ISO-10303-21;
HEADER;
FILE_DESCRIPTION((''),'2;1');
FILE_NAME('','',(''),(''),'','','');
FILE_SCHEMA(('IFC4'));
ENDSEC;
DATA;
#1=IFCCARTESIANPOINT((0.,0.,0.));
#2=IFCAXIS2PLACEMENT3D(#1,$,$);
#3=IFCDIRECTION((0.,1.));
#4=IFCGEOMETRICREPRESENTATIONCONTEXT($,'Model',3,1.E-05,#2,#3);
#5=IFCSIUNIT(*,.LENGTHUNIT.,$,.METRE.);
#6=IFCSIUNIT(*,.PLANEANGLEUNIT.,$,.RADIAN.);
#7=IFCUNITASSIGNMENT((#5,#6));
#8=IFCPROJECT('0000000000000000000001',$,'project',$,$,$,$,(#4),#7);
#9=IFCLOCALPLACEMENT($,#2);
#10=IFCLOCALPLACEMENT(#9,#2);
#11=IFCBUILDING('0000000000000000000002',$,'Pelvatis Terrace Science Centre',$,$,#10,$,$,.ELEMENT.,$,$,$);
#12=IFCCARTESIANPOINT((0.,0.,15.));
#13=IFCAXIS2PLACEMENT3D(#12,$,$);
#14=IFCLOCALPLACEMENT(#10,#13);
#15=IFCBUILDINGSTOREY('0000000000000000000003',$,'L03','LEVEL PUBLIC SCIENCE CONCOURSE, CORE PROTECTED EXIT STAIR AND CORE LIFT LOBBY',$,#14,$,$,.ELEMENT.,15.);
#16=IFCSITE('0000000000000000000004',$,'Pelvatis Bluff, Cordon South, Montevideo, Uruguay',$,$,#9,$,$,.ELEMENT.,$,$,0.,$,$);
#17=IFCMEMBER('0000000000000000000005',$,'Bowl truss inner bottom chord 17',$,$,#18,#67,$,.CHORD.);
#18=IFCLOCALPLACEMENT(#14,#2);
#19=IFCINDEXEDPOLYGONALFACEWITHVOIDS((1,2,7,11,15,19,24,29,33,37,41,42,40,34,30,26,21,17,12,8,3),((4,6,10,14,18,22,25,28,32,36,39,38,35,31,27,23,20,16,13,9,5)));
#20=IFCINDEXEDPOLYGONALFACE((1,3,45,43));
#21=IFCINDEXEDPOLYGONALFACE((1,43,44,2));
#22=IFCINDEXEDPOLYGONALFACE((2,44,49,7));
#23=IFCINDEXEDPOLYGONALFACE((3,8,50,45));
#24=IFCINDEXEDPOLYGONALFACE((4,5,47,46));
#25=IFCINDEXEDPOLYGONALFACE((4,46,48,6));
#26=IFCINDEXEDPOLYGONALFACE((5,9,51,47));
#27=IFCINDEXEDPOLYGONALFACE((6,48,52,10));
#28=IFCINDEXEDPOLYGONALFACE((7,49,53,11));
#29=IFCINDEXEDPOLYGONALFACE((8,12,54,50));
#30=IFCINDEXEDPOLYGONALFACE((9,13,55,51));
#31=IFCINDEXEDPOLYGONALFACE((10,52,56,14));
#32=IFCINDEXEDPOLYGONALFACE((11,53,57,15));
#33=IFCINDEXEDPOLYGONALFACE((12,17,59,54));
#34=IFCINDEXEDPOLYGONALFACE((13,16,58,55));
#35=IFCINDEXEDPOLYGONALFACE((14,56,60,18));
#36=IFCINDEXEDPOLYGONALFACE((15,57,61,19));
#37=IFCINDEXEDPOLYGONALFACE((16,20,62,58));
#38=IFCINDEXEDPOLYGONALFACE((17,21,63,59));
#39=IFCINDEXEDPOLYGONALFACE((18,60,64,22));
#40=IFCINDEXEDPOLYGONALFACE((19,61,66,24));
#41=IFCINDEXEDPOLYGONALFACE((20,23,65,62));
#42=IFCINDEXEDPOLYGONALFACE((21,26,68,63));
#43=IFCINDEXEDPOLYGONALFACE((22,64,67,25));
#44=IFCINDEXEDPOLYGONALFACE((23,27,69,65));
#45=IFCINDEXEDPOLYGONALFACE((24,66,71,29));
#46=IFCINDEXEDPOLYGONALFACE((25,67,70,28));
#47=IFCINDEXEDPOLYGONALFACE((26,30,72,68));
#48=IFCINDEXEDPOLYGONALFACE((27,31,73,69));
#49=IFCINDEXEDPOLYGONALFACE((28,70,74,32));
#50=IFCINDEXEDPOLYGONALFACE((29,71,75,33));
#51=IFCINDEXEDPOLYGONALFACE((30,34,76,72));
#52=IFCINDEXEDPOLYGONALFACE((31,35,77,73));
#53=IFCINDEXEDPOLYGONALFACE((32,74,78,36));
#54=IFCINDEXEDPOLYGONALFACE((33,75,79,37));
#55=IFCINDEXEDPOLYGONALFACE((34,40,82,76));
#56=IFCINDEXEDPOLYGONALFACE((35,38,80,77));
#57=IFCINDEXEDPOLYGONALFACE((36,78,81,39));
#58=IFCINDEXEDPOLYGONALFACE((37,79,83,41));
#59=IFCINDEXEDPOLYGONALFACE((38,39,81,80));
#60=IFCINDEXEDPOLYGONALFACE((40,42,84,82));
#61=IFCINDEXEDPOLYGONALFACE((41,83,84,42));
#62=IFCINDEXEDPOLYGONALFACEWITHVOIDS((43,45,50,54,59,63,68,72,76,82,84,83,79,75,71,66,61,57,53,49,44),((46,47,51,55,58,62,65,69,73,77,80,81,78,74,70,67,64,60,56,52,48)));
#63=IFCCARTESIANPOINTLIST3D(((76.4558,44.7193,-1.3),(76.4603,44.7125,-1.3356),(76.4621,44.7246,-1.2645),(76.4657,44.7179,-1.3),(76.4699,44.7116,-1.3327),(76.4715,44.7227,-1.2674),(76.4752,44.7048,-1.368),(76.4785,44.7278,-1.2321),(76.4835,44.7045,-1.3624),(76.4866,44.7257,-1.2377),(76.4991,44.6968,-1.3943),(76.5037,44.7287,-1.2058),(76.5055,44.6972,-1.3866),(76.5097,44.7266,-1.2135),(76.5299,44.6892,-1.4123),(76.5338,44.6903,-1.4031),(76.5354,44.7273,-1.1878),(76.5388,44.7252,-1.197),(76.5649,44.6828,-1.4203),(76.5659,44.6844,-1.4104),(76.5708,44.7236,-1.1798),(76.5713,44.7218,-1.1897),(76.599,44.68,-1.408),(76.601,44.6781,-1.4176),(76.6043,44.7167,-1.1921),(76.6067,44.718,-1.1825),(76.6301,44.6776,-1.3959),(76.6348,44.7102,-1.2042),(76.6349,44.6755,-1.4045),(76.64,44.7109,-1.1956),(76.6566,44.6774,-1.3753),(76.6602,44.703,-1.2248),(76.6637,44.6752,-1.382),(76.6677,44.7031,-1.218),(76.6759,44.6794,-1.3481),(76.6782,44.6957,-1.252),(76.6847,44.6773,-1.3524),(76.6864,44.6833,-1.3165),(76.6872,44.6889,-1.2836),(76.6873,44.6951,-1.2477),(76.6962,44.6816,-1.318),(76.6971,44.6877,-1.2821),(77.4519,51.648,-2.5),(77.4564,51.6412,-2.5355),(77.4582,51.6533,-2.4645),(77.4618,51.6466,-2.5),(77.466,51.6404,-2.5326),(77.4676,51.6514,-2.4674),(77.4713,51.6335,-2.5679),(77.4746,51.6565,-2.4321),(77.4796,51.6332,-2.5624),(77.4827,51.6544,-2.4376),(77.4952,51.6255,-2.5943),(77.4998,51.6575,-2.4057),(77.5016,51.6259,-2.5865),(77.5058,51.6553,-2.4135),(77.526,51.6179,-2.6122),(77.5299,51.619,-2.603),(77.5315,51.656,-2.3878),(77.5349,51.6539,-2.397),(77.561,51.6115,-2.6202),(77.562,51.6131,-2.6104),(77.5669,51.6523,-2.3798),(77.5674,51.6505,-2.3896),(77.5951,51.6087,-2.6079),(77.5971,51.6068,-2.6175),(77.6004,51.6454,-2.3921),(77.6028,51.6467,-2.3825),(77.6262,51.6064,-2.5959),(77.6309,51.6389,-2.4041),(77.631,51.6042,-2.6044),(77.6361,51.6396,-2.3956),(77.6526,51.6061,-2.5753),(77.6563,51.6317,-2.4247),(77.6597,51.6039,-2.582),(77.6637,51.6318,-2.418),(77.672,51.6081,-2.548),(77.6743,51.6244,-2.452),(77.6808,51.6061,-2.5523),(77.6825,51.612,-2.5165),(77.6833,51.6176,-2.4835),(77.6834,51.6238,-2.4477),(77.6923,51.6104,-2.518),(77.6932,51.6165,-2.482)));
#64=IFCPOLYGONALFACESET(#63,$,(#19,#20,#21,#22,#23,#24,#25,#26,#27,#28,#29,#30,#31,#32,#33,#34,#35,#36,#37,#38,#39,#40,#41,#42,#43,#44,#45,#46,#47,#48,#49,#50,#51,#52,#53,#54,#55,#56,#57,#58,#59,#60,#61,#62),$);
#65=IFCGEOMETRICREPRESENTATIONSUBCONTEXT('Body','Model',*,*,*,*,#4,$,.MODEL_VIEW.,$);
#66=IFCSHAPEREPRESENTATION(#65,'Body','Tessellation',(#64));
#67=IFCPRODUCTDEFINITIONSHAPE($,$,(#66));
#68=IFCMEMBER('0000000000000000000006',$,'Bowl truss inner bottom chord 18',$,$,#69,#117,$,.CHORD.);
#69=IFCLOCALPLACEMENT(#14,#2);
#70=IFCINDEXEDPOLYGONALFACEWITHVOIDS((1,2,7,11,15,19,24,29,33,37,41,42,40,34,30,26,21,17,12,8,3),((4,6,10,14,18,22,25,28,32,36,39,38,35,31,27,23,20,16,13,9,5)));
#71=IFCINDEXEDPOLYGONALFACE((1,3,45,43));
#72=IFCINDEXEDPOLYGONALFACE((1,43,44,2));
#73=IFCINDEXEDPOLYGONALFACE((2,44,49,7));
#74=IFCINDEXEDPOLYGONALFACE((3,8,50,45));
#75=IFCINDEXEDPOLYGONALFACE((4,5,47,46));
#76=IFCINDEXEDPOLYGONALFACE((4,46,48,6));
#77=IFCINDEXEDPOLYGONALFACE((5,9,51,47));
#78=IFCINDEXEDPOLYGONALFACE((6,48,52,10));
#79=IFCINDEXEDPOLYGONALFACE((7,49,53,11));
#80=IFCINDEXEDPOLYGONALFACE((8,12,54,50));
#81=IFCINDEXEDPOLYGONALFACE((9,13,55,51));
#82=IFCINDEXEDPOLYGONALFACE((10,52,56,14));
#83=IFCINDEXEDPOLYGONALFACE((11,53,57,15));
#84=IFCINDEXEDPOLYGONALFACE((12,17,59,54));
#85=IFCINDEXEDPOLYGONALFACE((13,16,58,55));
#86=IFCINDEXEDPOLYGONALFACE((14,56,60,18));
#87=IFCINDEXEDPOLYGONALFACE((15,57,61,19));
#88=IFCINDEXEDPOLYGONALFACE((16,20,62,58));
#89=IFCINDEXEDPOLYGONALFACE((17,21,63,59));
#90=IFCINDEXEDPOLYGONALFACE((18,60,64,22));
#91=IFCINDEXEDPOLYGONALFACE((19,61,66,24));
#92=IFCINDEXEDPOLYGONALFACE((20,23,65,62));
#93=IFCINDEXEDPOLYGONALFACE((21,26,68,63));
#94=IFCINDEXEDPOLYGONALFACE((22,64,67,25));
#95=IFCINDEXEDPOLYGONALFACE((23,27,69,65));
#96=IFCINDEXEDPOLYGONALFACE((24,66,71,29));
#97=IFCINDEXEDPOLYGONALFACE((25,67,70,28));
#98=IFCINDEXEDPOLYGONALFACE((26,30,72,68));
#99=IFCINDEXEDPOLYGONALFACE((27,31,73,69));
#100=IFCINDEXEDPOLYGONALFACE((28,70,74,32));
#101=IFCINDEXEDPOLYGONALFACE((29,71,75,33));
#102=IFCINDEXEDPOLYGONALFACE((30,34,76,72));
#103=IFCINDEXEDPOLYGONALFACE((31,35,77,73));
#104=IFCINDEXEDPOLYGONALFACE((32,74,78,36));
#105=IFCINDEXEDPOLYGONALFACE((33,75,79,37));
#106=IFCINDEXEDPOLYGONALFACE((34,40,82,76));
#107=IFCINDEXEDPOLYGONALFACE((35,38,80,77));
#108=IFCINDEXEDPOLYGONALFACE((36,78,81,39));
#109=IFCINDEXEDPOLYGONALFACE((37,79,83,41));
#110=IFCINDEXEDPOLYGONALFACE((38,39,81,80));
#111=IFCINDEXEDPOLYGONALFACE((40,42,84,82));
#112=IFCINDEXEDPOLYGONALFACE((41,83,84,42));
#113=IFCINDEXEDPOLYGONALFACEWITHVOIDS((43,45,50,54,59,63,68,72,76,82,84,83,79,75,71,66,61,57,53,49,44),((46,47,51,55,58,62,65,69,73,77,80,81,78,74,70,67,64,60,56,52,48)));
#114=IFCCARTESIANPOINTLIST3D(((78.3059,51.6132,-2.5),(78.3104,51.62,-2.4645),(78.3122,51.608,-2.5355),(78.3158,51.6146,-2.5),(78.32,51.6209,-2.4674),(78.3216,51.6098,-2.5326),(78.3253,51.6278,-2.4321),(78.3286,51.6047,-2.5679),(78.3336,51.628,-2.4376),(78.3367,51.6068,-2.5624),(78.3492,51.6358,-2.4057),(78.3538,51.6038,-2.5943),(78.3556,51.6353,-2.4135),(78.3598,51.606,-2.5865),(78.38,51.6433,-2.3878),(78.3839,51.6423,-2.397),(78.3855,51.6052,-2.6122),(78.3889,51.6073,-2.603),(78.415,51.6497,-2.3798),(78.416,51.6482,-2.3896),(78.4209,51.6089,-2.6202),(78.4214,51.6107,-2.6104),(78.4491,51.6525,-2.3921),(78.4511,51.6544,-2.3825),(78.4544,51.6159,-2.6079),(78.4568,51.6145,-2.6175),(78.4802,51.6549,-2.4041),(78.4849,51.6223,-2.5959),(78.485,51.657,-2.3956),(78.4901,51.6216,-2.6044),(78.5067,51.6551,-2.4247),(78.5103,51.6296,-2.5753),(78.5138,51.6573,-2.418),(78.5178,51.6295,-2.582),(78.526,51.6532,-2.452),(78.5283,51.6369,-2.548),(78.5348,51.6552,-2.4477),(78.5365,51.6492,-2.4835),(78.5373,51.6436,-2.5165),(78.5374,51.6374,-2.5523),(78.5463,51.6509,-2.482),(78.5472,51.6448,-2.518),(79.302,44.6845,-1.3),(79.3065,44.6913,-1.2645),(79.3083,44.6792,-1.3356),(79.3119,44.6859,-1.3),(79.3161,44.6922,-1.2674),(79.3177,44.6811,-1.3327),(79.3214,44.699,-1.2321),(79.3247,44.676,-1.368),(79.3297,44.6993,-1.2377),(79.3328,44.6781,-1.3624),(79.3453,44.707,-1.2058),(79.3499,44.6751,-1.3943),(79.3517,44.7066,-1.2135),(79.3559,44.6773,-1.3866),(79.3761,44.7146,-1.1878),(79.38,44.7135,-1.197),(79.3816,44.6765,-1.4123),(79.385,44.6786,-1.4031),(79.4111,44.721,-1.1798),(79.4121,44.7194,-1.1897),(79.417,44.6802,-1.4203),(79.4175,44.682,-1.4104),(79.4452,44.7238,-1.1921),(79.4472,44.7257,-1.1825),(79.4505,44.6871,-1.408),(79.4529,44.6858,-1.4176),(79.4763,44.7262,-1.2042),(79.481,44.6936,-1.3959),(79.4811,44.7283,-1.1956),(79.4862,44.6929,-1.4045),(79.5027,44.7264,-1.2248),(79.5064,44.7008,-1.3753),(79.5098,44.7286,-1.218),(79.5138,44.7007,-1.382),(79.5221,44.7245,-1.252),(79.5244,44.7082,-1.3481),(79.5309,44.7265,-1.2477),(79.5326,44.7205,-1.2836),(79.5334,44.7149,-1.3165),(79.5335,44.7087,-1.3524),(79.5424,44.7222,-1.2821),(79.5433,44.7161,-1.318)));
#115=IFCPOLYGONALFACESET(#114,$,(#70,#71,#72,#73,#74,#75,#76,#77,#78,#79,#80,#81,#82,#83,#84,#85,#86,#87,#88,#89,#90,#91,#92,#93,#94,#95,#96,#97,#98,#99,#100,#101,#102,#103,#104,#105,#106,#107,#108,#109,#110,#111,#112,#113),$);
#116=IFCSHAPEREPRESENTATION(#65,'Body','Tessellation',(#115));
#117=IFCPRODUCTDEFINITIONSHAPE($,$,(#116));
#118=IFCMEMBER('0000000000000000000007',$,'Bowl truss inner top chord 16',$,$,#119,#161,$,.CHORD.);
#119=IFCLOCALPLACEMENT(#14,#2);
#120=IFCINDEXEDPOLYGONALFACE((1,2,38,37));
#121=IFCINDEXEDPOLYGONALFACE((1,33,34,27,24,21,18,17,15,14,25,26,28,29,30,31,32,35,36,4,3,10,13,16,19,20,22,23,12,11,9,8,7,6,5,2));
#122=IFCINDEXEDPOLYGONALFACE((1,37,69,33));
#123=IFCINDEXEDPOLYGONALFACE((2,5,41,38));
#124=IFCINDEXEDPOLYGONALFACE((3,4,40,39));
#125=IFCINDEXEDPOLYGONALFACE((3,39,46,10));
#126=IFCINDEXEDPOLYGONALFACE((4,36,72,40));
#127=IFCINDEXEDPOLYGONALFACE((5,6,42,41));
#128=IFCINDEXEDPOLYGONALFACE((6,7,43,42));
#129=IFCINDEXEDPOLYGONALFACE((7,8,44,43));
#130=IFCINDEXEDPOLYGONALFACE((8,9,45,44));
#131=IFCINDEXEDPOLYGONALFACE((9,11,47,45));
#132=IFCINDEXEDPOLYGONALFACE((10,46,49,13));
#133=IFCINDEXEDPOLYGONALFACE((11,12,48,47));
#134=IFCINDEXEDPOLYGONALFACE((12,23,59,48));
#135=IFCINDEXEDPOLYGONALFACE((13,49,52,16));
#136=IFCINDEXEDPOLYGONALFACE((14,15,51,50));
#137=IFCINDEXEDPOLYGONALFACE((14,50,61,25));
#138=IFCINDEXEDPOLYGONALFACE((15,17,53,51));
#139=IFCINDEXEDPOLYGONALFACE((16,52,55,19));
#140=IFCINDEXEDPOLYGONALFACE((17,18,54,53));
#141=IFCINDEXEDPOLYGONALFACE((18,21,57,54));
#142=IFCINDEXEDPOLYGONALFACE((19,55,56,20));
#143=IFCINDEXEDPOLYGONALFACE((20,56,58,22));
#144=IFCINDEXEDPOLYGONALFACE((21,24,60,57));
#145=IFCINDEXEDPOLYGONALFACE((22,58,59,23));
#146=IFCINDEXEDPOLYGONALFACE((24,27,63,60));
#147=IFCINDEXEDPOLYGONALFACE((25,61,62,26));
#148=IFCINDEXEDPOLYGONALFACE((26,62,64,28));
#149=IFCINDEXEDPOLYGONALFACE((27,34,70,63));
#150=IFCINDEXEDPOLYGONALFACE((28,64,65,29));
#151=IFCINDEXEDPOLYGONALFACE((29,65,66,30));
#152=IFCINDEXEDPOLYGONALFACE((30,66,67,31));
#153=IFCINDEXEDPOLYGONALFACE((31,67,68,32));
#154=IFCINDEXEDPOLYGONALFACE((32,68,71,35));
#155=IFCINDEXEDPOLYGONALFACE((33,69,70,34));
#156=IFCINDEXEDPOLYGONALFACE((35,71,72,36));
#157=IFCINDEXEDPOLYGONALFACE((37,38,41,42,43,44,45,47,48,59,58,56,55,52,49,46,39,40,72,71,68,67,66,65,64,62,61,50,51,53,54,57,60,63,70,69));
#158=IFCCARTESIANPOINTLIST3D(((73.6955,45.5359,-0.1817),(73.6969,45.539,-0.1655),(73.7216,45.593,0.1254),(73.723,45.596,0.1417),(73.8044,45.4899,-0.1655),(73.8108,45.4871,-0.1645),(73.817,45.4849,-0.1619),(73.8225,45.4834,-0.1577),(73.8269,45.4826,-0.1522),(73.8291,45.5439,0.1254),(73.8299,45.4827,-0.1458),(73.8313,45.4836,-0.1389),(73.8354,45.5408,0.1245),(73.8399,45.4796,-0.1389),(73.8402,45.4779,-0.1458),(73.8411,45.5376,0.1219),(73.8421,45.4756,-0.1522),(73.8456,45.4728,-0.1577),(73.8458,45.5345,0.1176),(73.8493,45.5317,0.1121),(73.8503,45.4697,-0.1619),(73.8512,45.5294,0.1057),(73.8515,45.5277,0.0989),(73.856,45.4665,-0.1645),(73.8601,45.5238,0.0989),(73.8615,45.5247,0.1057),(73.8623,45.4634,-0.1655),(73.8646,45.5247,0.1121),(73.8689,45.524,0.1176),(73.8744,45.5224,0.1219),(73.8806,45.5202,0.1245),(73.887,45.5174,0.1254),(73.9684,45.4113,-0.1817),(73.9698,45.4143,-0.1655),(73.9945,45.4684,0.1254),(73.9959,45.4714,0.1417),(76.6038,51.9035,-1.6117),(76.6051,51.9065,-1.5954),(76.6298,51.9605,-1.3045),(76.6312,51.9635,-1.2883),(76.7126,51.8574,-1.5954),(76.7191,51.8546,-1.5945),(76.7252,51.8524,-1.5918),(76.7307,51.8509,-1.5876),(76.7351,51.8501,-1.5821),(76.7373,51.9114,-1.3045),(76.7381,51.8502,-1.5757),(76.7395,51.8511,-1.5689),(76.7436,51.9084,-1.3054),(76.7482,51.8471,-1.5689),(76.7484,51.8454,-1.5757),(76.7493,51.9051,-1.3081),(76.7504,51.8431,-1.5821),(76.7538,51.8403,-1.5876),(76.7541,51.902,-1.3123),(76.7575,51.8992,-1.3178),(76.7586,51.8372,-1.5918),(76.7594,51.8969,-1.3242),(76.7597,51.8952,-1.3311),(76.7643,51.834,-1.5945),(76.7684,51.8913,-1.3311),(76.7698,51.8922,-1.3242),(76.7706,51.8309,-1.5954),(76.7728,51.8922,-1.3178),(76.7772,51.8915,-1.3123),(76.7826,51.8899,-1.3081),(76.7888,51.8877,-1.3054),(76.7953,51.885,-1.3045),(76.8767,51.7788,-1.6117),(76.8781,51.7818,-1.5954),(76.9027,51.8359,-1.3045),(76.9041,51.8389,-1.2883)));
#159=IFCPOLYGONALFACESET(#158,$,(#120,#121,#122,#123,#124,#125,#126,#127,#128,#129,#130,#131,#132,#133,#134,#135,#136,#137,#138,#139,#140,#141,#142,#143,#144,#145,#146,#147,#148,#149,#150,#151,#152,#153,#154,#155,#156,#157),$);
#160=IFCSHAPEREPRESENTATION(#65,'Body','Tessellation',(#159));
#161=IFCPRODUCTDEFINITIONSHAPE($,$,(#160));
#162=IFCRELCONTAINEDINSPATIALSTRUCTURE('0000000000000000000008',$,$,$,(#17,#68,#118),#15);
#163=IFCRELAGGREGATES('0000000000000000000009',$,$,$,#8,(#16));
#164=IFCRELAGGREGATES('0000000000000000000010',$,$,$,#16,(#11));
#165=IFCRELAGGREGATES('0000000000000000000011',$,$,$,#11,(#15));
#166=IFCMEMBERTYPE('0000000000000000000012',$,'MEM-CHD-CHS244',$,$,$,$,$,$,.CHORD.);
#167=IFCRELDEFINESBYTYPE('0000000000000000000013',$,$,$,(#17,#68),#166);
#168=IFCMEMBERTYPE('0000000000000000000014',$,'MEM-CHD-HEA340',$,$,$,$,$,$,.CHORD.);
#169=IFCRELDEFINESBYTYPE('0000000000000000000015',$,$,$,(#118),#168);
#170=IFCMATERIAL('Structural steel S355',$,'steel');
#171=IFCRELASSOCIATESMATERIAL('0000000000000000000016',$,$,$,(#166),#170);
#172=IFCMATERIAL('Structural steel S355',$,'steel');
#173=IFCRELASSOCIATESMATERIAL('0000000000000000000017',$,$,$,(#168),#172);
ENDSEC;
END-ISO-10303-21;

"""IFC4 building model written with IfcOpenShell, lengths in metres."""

from ifc_helpers import new_model, si_unit, direction, frame, origin, origin_2d, place, context, subcontext, project, spatial, hollow_circle, i_section, extrude, material, material_profile, profile_set, type_object, element, save


model = new_model("IFC4")

# Units and contexts
model_context = context("Model", 3, precision=1e-05, world=origin(), true_north=direction((0.0, 1.0)))
body_context = subcontext(model_context, "Body", "Model", "MODEL_VIEW")
ifc_project = project(units=[si_unit("LENGTHUNIT", "METRE"), si_unit("PLANEANGLEUNIT", "RADIAN")], contexts=[model_context])

# Site, building, storey
site_placement = place(None, origin())
site = spatial("IfcSite", under=ifc_project, at=site_placement, Name="Pelvatis Bluff, Cordon South, Montevideo, Uruguay", CompositionType="ELEMENT", RefElevation=0.0)
building_placement = place(site_placement, origin())
building = spatial("IfcBuilding", under=site, at=building_placement, Name="Pelvatis Terrace Science Centre", CompositionType="ELEMENT")
storey_placement = place(building_placement, frame((0.0, 0.0, 15.0)))
storey = spatial("IfcBuildingStorey", under=building, at=storey_placement, Name="L03", Description="LEVEL PUBLIC SCIENCE CONCOURSE, CORE PROTECTED EXIT STAIR AND CORE LIFT LOBBY", CompositionType="ELEMENT", Elevation=15.0)

# Members
ifc_material_1 = material(Name="Structural steel S355", Category="steel")
ifc_material_profile_1 = material_profile(ifc_material_1, hollow_circle(Radius=0.1223, WallThickness=0.01, at=origin_2d()), Name="CHS 244.5x10.0")
ifc_profile_set_1 = profile_set([ifc_material_profile_1], Name="Structural steel S355")
member_type_1 = type_object("IfcMemberType", Name="MEM-CHD-CHS244", PredefinedType="CHORD", material=ifc_profile_set_1)
for number, where, z_axis, x_axis, name in (
    (1, (76.5769, 44.7019, -1.3), (0.140254, 0.975593, -0.168958), (-0.989824, 0.1423, 0.0), "Bowl truss inner bottom chord 17"),
    (2, (79.4231, 44.7019, -1.3), (-0.140254, 0.975593, -0.168958), (-0.989824, -0.1423, 0.0), "Bowl truss inner bottom chord 18"),
):
    element("IfcMember", number, at=place(storey_placement, frame(where, z_axis=z_axis, x_axis=x_axis)), inside=storey, type_object=member_type_1, Name=name, PredefinedType="CHORD", context=body_context, shape_type="SweptSolid", body=[
        extrude(hollow_circle(Radius=0.1223, WallThickness=0.01, at=origin_2d()), origin(), (0.0, 0.0, 1.0), 7.1021),
    ])
ifc_material_2 = material(Name="Structural steel S355", Category="steel")
ifc_material_profile_2 = material_profile(ifc_material_2, i_section(OverallWidth=0.3, OverallDepth=0.3301, WebThickness=0.0095, FlangeThickness=0.0166, FilletRadius=0.0271, at=origin_2d()), Name="HEA 340")
ifc_profile_set_2 = profile_set([ifc_material_profile_2], Name="Structural steel S355")
member_type_2 = type_object("IfcMemberType", Name="MEM-CHD-HEA340", PredefinedType="CHORD", material=ifc_profile_set_2)
member_1_placement = place(storey_placement, frame((73.8457, 45.5037, -0.02), z_axis=(0.407044, 0.891212, -0.200139), x_axis=(-0.909616, 0.41545, 0.0)))
element("IfcMember", 3, at=member_1_placement, inside=storey, type_object=member_type_2, Name="Bowl truss inner top chord 16", PredefinedType="CHORD", context=body_context, shape_type="SweptSolid", body=[
    extrude(i_section(OverallWidth=0.3, OverallDepth=0.3301, WebThickness=0.0095, FlangeThickness=0.0166, FilletRadius=0.0271, at=origin_2d()), origin(), (0.0, 0.0, 1.0), 7.1448),
])

save(model, "model.ifc")
